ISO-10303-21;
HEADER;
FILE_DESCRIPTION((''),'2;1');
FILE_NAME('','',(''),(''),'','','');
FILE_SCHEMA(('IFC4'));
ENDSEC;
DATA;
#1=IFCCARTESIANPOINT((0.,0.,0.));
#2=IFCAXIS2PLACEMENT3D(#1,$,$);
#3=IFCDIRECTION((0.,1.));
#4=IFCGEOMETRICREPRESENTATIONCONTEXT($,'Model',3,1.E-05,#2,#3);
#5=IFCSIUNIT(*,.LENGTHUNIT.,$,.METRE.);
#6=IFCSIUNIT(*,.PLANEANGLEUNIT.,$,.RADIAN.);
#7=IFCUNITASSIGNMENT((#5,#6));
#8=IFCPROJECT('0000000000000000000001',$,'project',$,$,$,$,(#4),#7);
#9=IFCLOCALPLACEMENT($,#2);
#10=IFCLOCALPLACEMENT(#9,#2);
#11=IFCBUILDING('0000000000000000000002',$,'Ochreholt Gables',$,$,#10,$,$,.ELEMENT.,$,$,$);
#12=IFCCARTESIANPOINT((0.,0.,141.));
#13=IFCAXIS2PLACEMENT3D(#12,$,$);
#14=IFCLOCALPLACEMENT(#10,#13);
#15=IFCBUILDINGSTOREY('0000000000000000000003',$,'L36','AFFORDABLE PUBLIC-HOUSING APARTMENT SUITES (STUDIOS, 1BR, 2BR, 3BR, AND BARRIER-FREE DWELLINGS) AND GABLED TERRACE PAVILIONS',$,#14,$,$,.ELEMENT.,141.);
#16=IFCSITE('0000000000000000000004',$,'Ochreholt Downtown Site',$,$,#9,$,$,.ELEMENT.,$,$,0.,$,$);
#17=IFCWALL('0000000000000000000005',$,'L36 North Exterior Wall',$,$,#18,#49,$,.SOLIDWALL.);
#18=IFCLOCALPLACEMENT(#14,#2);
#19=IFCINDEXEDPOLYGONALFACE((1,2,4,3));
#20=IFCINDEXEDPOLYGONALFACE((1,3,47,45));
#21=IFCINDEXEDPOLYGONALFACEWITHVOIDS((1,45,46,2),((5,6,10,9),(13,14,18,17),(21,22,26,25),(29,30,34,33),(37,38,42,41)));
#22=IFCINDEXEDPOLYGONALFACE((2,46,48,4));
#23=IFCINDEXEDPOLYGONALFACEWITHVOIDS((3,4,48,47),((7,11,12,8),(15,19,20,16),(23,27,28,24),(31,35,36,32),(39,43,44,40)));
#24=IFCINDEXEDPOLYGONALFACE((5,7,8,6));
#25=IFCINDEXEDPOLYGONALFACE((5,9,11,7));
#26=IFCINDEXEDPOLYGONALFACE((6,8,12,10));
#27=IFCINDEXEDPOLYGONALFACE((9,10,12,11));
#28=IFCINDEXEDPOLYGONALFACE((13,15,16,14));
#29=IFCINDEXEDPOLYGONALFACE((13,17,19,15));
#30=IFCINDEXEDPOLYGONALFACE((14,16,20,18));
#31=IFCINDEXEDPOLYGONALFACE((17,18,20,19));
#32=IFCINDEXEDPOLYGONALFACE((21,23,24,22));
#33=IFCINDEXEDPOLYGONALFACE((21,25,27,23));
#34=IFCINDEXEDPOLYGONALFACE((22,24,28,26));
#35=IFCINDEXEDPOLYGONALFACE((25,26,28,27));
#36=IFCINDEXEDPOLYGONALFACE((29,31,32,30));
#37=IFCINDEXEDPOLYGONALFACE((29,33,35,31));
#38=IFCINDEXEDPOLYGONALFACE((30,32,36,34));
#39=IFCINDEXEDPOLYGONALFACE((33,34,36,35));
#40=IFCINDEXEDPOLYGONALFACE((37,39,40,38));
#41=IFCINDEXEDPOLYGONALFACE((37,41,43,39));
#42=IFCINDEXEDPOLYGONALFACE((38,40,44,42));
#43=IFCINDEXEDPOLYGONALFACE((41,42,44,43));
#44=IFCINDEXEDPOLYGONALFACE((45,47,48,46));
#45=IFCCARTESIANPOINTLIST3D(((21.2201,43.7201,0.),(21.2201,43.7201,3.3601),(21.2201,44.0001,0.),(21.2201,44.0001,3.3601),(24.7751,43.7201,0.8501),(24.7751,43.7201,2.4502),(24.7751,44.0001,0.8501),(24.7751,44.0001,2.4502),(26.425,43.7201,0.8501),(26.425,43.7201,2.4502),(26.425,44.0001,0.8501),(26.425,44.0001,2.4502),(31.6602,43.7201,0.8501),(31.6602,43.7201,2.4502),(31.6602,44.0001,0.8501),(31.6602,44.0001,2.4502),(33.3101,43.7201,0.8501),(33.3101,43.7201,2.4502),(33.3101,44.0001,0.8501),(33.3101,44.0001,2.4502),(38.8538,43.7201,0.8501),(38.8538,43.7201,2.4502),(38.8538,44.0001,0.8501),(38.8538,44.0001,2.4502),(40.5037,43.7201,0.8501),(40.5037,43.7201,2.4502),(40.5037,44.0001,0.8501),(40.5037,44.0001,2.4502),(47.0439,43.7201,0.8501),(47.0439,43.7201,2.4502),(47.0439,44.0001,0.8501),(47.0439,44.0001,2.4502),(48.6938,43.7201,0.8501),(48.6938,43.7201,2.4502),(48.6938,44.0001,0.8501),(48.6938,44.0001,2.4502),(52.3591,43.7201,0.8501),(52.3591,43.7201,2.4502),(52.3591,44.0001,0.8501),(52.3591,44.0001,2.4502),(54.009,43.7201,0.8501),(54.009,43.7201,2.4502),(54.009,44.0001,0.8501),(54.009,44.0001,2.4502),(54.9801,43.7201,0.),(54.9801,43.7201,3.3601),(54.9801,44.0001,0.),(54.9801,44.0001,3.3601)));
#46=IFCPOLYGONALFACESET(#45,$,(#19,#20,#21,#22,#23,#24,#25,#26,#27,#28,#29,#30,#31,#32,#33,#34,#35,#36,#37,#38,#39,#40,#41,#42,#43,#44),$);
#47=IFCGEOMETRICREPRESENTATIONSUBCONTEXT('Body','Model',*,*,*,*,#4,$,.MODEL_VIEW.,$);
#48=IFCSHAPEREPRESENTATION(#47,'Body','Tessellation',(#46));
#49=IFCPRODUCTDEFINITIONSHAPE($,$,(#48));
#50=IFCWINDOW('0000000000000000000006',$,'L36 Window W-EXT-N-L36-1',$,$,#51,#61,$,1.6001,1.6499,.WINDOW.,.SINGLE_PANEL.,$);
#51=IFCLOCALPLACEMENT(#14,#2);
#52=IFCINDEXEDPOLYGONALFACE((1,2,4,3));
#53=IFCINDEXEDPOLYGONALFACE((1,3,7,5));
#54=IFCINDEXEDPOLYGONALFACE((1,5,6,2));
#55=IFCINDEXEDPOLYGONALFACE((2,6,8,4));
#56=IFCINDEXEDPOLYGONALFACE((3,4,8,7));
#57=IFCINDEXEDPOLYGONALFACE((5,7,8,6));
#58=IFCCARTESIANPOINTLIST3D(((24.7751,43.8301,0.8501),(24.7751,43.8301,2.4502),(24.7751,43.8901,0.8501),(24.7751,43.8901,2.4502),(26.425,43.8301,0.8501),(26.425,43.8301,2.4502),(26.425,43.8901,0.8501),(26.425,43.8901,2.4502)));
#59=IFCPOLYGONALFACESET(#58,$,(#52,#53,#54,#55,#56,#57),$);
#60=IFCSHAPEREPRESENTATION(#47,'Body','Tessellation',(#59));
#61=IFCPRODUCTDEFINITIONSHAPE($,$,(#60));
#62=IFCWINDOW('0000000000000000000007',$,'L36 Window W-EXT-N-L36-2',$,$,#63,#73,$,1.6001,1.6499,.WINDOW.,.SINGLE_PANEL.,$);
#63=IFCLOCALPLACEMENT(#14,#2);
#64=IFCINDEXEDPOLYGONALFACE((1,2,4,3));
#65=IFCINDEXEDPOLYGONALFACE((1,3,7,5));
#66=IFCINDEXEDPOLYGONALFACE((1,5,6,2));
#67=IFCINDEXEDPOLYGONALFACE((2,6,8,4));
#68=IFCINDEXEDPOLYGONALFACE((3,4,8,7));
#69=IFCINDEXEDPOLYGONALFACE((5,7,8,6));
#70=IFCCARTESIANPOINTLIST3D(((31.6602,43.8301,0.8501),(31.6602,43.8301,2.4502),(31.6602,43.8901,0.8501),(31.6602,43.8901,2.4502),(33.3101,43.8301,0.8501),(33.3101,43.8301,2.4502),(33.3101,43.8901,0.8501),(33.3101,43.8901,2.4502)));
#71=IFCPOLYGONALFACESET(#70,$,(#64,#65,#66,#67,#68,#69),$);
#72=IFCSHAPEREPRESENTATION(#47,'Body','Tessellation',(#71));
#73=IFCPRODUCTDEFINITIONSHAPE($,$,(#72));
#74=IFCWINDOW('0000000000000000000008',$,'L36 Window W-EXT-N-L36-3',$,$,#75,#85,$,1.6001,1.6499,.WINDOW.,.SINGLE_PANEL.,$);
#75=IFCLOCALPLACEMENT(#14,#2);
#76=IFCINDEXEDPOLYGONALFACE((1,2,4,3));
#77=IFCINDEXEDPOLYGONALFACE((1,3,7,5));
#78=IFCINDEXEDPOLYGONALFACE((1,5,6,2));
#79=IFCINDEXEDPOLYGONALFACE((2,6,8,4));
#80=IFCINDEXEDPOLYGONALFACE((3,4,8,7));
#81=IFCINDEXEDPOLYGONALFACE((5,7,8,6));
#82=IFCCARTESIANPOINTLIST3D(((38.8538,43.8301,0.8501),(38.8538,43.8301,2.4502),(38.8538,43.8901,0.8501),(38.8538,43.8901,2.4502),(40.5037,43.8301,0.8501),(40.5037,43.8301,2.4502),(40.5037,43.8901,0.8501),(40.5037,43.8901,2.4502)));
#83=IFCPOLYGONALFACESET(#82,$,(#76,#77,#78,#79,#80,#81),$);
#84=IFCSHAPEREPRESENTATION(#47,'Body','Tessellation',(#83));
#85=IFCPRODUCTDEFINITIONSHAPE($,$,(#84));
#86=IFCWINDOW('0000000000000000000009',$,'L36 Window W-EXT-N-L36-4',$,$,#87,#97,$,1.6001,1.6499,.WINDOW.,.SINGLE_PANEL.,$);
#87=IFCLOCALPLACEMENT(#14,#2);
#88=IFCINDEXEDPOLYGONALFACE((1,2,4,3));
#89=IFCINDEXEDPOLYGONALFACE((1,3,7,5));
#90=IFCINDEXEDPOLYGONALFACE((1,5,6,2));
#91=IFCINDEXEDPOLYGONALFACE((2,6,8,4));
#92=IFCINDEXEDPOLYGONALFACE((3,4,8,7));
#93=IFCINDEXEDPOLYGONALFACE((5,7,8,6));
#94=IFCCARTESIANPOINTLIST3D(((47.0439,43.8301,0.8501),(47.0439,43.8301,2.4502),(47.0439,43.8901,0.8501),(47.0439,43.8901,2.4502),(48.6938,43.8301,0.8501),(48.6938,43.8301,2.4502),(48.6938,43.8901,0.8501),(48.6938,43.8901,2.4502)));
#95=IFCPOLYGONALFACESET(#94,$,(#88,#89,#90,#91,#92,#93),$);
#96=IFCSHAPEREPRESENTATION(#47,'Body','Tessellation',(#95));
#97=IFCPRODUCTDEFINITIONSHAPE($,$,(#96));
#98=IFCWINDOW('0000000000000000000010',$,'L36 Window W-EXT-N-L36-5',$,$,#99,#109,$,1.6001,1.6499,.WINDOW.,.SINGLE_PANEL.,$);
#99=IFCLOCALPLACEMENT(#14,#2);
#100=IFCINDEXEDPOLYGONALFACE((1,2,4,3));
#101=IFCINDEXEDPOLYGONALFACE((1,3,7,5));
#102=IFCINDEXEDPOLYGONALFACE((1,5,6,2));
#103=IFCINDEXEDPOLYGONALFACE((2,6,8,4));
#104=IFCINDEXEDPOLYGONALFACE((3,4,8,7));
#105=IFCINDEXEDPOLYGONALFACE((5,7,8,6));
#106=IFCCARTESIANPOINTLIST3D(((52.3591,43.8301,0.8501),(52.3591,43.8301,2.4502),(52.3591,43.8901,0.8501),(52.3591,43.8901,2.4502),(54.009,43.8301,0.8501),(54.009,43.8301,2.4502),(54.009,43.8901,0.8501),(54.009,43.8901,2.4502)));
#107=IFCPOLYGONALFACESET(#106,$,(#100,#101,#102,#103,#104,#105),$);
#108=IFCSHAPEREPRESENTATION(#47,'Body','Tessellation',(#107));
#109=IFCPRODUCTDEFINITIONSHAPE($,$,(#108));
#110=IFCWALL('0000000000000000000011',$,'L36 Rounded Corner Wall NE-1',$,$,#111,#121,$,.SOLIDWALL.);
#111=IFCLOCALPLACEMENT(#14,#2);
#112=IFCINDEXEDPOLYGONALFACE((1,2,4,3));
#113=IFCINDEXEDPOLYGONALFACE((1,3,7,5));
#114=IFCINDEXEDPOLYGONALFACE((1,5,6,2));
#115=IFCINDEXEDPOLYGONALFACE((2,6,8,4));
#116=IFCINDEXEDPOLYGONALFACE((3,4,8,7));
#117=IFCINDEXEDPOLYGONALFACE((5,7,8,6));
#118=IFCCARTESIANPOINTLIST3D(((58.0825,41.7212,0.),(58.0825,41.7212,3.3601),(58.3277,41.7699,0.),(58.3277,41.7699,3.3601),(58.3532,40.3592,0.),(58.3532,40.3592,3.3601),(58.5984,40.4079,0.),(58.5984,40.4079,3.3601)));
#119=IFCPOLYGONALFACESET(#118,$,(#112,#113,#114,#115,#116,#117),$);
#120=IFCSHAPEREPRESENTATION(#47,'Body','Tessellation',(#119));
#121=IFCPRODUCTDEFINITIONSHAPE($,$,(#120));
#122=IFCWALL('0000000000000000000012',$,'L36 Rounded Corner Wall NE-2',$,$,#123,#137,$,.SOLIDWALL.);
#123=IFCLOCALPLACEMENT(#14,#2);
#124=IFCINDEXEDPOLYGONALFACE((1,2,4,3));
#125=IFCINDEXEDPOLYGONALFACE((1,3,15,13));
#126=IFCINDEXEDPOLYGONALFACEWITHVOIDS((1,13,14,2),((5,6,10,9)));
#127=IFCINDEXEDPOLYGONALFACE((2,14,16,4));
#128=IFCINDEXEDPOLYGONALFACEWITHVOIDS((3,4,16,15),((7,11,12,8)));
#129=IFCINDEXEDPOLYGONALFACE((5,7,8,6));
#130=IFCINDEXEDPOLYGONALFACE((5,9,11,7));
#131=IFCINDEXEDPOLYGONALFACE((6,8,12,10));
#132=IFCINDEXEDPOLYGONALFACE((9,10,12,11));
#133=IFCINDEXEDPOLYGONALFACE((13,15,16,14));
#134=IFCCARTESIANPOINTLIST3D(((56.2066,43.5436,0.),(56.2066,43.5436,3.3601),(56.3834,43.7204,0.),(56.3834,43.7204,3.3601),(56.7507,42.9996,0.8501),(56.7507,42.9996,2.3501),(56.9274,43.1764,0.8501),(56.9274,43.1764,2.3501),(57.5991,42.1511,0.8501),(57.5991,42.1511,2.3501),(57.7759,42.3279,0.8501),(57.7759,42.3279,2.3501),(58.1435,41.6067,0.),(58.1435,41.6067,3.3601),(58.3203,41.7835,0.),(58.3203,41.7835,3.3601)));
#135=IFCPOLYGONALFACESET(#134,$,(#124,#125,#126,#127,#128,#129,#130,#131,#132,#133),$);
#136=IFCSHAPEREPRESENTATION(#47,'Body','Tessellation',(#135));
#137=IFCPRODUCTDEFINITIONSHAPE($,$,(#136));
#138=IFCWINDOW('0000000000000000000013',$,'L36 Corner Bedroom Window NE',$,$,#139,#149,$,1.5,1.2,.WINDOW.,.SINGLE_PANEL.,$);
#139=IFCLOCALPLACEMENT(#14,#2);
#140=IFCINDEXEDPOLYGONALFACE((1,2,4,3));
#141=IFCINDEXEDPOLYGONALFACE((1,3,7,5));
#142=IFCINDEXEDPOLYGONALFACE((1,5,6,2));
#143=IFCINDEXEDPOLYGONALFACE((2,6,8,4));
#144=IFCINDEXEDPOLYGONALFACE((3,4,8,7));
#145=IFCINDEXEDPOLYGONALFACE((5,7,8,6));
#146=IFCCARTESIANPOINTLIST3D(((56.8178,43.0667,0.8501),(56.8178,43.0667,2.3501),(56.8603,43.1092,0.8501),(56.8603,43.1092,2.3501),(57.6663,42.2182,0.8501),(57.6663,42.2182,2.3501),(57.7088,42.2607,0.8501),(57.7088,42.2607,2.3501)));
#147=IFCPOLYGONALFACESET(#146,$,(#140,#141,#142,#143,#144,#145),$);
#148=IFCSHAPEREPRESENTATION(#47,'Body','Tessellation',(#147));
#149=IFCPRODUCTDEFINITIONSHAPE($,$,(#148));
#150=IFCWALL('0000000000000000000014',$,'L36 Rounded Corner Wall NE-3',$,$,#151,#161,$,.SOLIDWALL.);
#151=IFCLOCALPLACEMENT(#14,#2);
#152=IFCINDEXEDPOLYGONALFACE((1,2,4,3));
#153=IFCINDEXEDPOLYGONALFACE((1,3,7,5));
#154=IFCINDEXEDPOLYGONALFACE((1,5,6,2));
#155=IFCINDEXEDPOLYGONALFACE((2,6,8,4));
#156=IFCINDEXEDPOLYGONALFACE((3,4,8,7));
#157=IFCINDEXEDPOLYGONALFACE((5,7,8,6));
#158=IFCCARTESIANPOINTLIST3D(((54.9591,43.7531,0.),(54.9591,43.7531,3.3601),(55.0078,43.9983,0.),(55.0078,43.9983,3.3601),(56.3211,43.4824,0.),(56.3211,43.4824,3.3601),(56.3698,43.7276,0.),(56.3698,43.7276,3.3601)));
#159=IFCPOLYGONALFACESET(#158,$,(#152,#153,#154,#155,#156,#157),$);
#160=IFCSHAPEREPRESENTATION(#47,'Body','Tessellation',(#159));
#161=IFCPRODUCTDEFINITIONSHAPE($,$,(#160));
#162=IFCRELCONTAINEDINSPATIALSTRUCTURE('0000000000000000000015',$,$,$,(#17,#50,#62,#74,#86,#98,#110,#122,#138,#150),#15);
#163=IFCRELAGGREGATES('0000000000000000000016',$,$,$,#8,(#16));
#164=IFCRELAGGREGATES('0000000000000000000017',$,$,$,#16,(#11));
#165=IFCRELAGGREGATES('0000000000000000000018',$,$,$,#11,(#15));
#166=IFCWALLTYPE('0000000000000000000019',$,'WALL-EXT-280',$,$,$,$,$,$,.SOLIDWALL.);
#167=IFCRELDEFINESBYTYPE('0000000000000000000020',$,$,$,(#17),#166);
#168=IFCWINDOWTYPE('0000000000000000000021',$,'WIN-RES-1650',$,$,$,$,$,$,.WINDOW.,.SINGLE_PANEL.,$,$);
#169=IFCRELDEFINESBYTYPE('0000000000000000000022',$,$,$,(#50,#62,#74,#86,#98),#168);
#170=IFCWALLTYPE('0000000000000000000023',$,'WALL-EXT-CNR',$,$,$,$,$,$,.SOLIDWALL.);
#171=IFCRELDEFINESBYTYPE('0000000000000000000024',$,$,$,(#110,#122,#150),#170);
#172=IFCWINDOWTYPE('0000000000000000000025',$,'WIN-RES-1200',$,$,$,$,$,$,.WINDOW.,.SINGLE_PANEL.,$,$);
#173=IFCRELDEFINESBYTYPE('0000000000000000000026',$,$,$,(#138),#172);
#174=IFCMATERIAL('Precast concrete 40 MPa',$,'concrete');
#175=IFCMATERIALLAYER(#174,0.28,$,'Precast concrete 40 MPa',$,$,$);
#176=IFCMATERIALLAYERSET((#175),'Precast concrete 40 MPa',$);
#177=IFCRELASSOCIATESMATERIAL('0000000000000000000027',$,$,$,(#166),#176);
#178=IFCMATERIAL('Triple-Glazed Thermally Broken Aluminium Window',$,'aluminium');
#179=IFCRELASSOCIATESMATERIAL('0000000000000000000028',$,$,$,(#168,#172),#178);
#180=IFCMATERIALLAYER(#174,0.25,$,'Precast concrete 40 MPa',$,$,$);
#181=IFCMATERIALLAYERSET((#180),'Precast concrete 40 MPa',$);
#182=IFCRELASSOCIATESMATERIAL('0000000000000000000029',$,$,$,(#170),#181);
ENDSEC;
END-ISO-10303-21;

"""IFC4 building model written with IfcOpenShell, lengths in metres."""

from ifc_helpers import new_model, si_unit, direction, frame, frame_2d, origin, place, context, subcontext, project, spatial, rectangle, extrude, material, layer, layer_set, type_object, element, fill, save


model = new_model("IFC4")

# Units and contexts
model_context = context("Model", 3, precision=1e-05, world=origin(), true_north=direction((0.0, 1.0)))
body_context = subcontext(model_context, "Body", "Model", "MODEL_VIEW")
ifc_project = project(units=[si_unit("LENGTHUNIT", "METRE"), si_unit("PLANEANGLEUNIT", "RADIAN")], contexts=[model_context])

# Site, building, storey
site_placement = place(None, origin())
site = spatial("IfcSite", under=ifc_project, at=site_placement, Name="Ochreholt Downtown Site", CompositionType="ELEMENT", RefElevation=0.0)
building_placement = place(site_placement, origin())
building = spatial("IfcBuilding", under=site, at=building_placement, Name="Ochreholt Gables", CompositionType="ELEMENT")
storey_placement = place(building_placement, frame((0.0, 0.0, 141.0)))
storey = spatial("IfcBuildingStorey", under=building, at=storey_placement, Name="L36", Description="AFFORDABLE PUBLIC-HOUSING APARTMENT SUITES (STUDIOS, 1BR, 2BR, 3BR, AND BARRIER-FREE DWELLINGS) AND GABLED TERRACE PAVILIONS", CompositionType="ELEMENT", Elevation=141.0)

# Wall, openings, windows
ifc_material_1 = material(Name="Precast concrete 40 MPa", Category="concrete")
ifc_layer_1 = layer(ifc_material_1, 0.28, Name="Precast concrete 40 MPa")
ifc_layer_set_1 = layer_set([ifc_layer_1], Name="Precast concrete 40 MPa")
wall_type_1 = type_object("IfcWallType", Name="WALL-EXT-280", PredefinedType="SOLIDWALL", material=ifc_layer_set_1)
wall_1_placement = place(storey_placement, frame((54.98, 43.8601, 0.0), z_axis=(0.0, 0.0, 1.0), x_axis=(-1.0, 0.0, 0.0)))
wall_1 = element("IfcWall", 1, at=wall_1_placement, inside=storey, type_object=wall_type_1, Name="L36 North Exterior Wall", PredefinedType="SOLIDWALL", context=body_context, shape_type="SweptSolid", body=[
    extrude(rectangle(XDim=33.76, YDim=0.28, at=frame_2d((16.8799, 0.0))), origin(), (0.0, 0.0, 1.0), 3.3601),
])
opening_1_placement = place(wall_1_placement, frame((28.5549, 0.0, 0.8501)))
opening_1 = element("IfcOpeningElement", 2, at=opening_1_placement, cuts=wall_1, PredefinedType="OPENING", context=body_context, shape_type="SweptSolid", body=[
    extrude(rectangle(XDim=1.6499, YDim=1.6001, at=frame_2d((0.825, 0.8))), frame((0.0, 0.1499, 0.0), z_axis=(0.0, -1.0, 0.0), x_axis=(1.0, 0.0, 0.0)), (0.0, 0.0, 1.0), 0.3),
])
opening_2_placement = place(wall_1_placement, frame((21.6699, 0.0, 0.8501)))
opening_2 = element("IfcOpeningElement", 3, at=opening_2_placement, cuts=wall_1, PredefinedType="OPENING", context=body_context, shape_type="SweptSolid", body=[
    extrude(rectangle(XDim=1.6499, YDim=1.6001, at=frame_2d((0.825, 0.8))), frame((0.0, 0.1499, 0.0), z_axis=(0.0, -1.0, 0.0), x_axis=(1.0, 0.0, 0.0)), (0.0, 0.0, 1.0), 0.3),
])
opening_3_placement = place(wall_1_placement, frame((14.4763, 0.0, 0.8501)))
opening_3 = element("IfcOpeningElement", 4, at=opening_3_placement, cuts=wall_1, PredefinedType="OPENING", context=body_context, shape_type="SweptSolid", body=[
    extrude(rectangle(XDim=1.6499, YDim=1.6001, at=frame_2d((0.825, 0.8))), frame((0.0, 0.1499, 0.0), z_axis=(0.0, -1.0, 0.0), x_axis=(1.0, 0.0, 0.0)), (0.0, 0.0, 1.0), 0.3),
])
opening_4_placement = place(wall_1_placement, frame((6.2861, 0.0, 0.8501)))
opening_4 = element("IfcOpeningElement", 5, at=opening_4_placement, cuts=wall_1, PredefinedType="OPENING", context=body_context, shape_type="SweptSolid", body=[
    extrude(rectangle(XDim=1.6499, YDim=1.6001, at=frame_2d((0.825, 0.8))), frame((0.0, 0.1499, 0.0), z_axis=(0.0, -1.0, 0.0), x_axis=(1.0, 0.0, 0.0)), (0.0, 0.0, 1.0), 0.3),
])
opening_5_placement = place(wall_1_placement, frame((0.9709, 0.0, 0.8501)))
opening_5 = element("IfcOpeningElement", 6, at=opening_5_placement, cuts=wall_1, PredefinedType="OPENING", context=body_context, shape_type="SweptSolid", body=[
    extrude(rectangle(XDim=1.6499, YDim=1.6001, at=frame_2d((0.825, 0.8))), frame((0.0, 0.1499, 0.0), z_axis=(0.0, -1.0, 0.0), x_axis=(1.0, 0.0, 0.0)), (0.0, 0.0, 1.0), 0.3),
])
ifc_material_2 = material(Name="Triple-Glazed Thermally Broken Aluminium Window", Category="aluminium")
window_type_1 = type_object("IfcWindowType", Name="WIN-RES-1650", PartitioningType="SINGLE_PANEL", PredefinedType="WINDOW", material=ifc_material_2)
window_1_placement = place(opening_1_placement, origin())
window_1 = element("IfcWindow", 7, at=window_1_placement, inside=storey, type_object=window_type_1, Name="L36 Window W-EXT-N-L36-1", OverallHeight=1.6001, OverallWidth=1.6499, PartitioningType="SINGLE_PANEL", PredefinedType="WINDOW", context=body_context, shape_type="SweptSolid", body=[
    extrude(rectangle(XDim=1.6499, YDim=1.6001, at=frame_2d((0.825, 0.8))), frame((0.0, 0.03, 0.0), z_axis=(0.0, -1.0, 0.0), x_axis=(1.0, 0.0, 0.0)), (0.0, 0.0, 1.0), 0.0601),
])
fill(opening_1, window_1)
window_2_placement = place(opening_2_placement, origin())
window_2 = element("IfcWindow", 8, at=window_2_placement, inside=storey, type_object=window_type_1, Name="L36 Window W-EXT-N-L36-2", OverallHeight=1.6001, OverallWidth=1.6499, PartitioningType="SINGLE_PANEL", PredefinedType="WINDOW", context=body_context, shape_type="SweptSolid", body=[
    extrude(rectangle(XDim=1.6499, YDim=1.6001, at=frame_2d((0.825, 0.8))), frame((0.0, 0.03, 0.0), z_axis=(0.0, -1.0, 0.0), x_axis=(1.0, 0.0, 0.0)), (0.0, 0.0, 1.0), 0.0601),
])
fill(opening_2, window_2)
window_3_placement = place(opening_3_placement, origin())
window_3 = element("IfcWindow", 9, at=window_3_placement, inside=storey, type_object=window_type_1, Name="L36 Window W-EXT-N-L36-3", OverallHeight=1.6001, OverallWidth=1.6499, PartitioningType="SINGLE_PANEL", PredefinedType="WINDOW", context=body_context, shape_type="SweptSolid", body=[
    extrude(rectangle(XDim=1.6499, YDim=1.6001, at=frame_2d((0.825, 0.8))), frame((0.0, 0.03, 0.0), z_axis=(0.0, -1.0, 0.0), x_axis=(1.0, 0.0, 0.0)), (0.0, 0.0, 1.0), 0.0601),
])
fill(opening_3, window_3)
window_4_placement = place(opening_4_placement, origin())
window_4 = element("IfcWindow", 10, at=window_4_placement, inside=storey, type_object=window_type_1, Name="L36 Window W-EXT-N-L36-4", OverallHeight=1.6001, OverallWidth=1.6499, PartitioningType="SINGLE_PANEL", PredefinedType="WINDOW", context=body_context, shape_type="SweptSolid", body=[
    extrude(rectangle(XDim=1.6499, YDim=1.6001, at=frame_2d((0.825, 0.8))), frame((0.0, 0.03, 0.0), z_axis=(0.0, -1.0, 0.0), x_axis=(1.0, 0.0, 0.0)), (0.0, 0.0, 1.0), 0.0601),
])
fill(opening_4, window_4)
window_5_placement = place(opening_5_placement, origin())
window_5 = element("IfcWindow", 11, at=window_5_placement, inside=storey, type_object=window_type_1, Name="L36 Window W-EXT-N-L36-5", OverallHeight=1.6001, OverallWidth=1.6499, PartitioningType="SINGLE_PANEL", PredefinedType="WINDOW", context=body_context, shape_type="SweptSolid", body=[
    extrude(rectangle(XDim=1.6499, YDim=1.6001, at=frame_2d((0.825, 0.8))), frame((0.0, 0.03, 0.0), z_axis=(0.0, -1.0, 0.0), x_axis=(1.0, 0.0, 0.0)), (0.0, 0.0, 1.0), 0.0601),
])
fill(opening_5, window_5)

# Wall
ifc_layer_2 = layer(ifc_material_1, 0.25, Name="Precast concrete 40 MPa")
ifc_layer_set_2 = layer_set([ifc_layer_2], Name="Precast concrete 40 MPa")
wall_type_2 = type_object("IfcWallType", Name="WALL-EXT-CNR", PredefinedType="SOLIDWALL", material=ifc_layer_set_2)
wall_2_placement = place(storey_placement, frame((58.4758, 40.3835, 0.0), z_axis=(0.0, 0.0, 1.0), x_axis=(-0.194967, 0.98081, 0.0)))
element("IfcWall", 12, at=wall_2_placement, inside=storey, type_object=wall_type_2, Name="L36 Rounded Corner Wall NE-1", PredefinedType="SOLIDWALL", context=body_context, shape_type="SweptSolid", body=[
    extrude(rectangle(XDim=1.3887, YDim=0.25, at=frame_2d((0.6943, 0.0))), origin(), (0.0, 0.0, 1.0), 3.3601),
])

# Wall, opening, window
wall_3_placement = place(storey_placement, frame((58.2319, 41.6951, 0.0), z_axis=(0.0, 0.0, 1.0), x_axis=(-0.707107, 0.707107, 0.0)))
wall_3 = element("IfcWall", 13, at=wall_3_placement, inside=storey, type_object=wall_type_2, Name="L36 Rounded Corner Wall NE-2", PredefinedType="SOLIDWALL", context=body_context, shape_type="SweptSolid", body=[
    extrude(rectangle(XDim=2.7393, YDim=0.25, at=frame_2d((1.3696, 0.0))), origin(), (0.0, 0.0, 1.0), 3.3601),
])
opening_6_placement = place(wall_3_placement, frame((0.7698, 0.0, 0.8501)))
opening_6 = element("IfcOpeningElement", 14, at=opening_6_placement, cuts=wall_3, PredefinedType="OPENING", context=body_context, shape_type="SweptSolid", body=[
    extrude(rectangle(XDim=1.2, YDim=1.5, at=frame_2d((0.6001, 0.75))), frame((0.0, 0.135, 0.0), z_axis=(0.0, -1.0, 0.0), x_axis=(1.0, 0.0, 0.0)), (0.0, 0.0, 1.0), 0.27),
])
window_type_2 = type_object("IfcWindowType", Name="WIN-RES-1200", PartitioningType="SINGLE_PANEL", PredefinedType="WINDOW", material=ifc_material_2)
window_6_placement = place(opening_6_placement, origin())
window_6 = element("IfcWindow", 15, at=window_6_placement, inside=storey, type_object=window_type_2, Name="L36 Corner Bedroom Window NE", OverallHeight=1.5, OverallWidth=1.2, PartitioningType="SINGLE_PANEL", PredefinedType="WINDOW", context=body_context, shape_type="SweptSolid", body=[
    extrude(rectangle(XDim=1.2, YDim=1.5, at=frame_2d((0.6001, 0.75))), frame((0.0, 0.03, 0.0), z_axis=(0.0, -1.0, 0.0), x_axis=(1.0, 0.0, 0.0)), (0.0, 0.0, 1.0), 0.0601),
])
fill(opening_6, window_6)

# Wall
wall_4_placement = place(storey_placement, frame((56.3455, 43.605, 0.0), z_axis=(0.0, 0.0, 1.0), x_axis=(-0.98081, 0.194967, 0.0)))
element("IfcWall", 16, at=wall_4_placement, inside=storey, type_object=wall_type_2, Name="L36 Rounded Corner Wall NE-3", PredefinedType="SOLIDWALL", context=body_context, shape_type="SweptSolid", body=[
    extrude(rectangle(XDim=1.3887, YDim=0.25, at=frame_2d((0.6943, 0.0))), origin(), (0.0, 0.0, 1.0), 3.3601),
])

save(model, "model.ifc")
